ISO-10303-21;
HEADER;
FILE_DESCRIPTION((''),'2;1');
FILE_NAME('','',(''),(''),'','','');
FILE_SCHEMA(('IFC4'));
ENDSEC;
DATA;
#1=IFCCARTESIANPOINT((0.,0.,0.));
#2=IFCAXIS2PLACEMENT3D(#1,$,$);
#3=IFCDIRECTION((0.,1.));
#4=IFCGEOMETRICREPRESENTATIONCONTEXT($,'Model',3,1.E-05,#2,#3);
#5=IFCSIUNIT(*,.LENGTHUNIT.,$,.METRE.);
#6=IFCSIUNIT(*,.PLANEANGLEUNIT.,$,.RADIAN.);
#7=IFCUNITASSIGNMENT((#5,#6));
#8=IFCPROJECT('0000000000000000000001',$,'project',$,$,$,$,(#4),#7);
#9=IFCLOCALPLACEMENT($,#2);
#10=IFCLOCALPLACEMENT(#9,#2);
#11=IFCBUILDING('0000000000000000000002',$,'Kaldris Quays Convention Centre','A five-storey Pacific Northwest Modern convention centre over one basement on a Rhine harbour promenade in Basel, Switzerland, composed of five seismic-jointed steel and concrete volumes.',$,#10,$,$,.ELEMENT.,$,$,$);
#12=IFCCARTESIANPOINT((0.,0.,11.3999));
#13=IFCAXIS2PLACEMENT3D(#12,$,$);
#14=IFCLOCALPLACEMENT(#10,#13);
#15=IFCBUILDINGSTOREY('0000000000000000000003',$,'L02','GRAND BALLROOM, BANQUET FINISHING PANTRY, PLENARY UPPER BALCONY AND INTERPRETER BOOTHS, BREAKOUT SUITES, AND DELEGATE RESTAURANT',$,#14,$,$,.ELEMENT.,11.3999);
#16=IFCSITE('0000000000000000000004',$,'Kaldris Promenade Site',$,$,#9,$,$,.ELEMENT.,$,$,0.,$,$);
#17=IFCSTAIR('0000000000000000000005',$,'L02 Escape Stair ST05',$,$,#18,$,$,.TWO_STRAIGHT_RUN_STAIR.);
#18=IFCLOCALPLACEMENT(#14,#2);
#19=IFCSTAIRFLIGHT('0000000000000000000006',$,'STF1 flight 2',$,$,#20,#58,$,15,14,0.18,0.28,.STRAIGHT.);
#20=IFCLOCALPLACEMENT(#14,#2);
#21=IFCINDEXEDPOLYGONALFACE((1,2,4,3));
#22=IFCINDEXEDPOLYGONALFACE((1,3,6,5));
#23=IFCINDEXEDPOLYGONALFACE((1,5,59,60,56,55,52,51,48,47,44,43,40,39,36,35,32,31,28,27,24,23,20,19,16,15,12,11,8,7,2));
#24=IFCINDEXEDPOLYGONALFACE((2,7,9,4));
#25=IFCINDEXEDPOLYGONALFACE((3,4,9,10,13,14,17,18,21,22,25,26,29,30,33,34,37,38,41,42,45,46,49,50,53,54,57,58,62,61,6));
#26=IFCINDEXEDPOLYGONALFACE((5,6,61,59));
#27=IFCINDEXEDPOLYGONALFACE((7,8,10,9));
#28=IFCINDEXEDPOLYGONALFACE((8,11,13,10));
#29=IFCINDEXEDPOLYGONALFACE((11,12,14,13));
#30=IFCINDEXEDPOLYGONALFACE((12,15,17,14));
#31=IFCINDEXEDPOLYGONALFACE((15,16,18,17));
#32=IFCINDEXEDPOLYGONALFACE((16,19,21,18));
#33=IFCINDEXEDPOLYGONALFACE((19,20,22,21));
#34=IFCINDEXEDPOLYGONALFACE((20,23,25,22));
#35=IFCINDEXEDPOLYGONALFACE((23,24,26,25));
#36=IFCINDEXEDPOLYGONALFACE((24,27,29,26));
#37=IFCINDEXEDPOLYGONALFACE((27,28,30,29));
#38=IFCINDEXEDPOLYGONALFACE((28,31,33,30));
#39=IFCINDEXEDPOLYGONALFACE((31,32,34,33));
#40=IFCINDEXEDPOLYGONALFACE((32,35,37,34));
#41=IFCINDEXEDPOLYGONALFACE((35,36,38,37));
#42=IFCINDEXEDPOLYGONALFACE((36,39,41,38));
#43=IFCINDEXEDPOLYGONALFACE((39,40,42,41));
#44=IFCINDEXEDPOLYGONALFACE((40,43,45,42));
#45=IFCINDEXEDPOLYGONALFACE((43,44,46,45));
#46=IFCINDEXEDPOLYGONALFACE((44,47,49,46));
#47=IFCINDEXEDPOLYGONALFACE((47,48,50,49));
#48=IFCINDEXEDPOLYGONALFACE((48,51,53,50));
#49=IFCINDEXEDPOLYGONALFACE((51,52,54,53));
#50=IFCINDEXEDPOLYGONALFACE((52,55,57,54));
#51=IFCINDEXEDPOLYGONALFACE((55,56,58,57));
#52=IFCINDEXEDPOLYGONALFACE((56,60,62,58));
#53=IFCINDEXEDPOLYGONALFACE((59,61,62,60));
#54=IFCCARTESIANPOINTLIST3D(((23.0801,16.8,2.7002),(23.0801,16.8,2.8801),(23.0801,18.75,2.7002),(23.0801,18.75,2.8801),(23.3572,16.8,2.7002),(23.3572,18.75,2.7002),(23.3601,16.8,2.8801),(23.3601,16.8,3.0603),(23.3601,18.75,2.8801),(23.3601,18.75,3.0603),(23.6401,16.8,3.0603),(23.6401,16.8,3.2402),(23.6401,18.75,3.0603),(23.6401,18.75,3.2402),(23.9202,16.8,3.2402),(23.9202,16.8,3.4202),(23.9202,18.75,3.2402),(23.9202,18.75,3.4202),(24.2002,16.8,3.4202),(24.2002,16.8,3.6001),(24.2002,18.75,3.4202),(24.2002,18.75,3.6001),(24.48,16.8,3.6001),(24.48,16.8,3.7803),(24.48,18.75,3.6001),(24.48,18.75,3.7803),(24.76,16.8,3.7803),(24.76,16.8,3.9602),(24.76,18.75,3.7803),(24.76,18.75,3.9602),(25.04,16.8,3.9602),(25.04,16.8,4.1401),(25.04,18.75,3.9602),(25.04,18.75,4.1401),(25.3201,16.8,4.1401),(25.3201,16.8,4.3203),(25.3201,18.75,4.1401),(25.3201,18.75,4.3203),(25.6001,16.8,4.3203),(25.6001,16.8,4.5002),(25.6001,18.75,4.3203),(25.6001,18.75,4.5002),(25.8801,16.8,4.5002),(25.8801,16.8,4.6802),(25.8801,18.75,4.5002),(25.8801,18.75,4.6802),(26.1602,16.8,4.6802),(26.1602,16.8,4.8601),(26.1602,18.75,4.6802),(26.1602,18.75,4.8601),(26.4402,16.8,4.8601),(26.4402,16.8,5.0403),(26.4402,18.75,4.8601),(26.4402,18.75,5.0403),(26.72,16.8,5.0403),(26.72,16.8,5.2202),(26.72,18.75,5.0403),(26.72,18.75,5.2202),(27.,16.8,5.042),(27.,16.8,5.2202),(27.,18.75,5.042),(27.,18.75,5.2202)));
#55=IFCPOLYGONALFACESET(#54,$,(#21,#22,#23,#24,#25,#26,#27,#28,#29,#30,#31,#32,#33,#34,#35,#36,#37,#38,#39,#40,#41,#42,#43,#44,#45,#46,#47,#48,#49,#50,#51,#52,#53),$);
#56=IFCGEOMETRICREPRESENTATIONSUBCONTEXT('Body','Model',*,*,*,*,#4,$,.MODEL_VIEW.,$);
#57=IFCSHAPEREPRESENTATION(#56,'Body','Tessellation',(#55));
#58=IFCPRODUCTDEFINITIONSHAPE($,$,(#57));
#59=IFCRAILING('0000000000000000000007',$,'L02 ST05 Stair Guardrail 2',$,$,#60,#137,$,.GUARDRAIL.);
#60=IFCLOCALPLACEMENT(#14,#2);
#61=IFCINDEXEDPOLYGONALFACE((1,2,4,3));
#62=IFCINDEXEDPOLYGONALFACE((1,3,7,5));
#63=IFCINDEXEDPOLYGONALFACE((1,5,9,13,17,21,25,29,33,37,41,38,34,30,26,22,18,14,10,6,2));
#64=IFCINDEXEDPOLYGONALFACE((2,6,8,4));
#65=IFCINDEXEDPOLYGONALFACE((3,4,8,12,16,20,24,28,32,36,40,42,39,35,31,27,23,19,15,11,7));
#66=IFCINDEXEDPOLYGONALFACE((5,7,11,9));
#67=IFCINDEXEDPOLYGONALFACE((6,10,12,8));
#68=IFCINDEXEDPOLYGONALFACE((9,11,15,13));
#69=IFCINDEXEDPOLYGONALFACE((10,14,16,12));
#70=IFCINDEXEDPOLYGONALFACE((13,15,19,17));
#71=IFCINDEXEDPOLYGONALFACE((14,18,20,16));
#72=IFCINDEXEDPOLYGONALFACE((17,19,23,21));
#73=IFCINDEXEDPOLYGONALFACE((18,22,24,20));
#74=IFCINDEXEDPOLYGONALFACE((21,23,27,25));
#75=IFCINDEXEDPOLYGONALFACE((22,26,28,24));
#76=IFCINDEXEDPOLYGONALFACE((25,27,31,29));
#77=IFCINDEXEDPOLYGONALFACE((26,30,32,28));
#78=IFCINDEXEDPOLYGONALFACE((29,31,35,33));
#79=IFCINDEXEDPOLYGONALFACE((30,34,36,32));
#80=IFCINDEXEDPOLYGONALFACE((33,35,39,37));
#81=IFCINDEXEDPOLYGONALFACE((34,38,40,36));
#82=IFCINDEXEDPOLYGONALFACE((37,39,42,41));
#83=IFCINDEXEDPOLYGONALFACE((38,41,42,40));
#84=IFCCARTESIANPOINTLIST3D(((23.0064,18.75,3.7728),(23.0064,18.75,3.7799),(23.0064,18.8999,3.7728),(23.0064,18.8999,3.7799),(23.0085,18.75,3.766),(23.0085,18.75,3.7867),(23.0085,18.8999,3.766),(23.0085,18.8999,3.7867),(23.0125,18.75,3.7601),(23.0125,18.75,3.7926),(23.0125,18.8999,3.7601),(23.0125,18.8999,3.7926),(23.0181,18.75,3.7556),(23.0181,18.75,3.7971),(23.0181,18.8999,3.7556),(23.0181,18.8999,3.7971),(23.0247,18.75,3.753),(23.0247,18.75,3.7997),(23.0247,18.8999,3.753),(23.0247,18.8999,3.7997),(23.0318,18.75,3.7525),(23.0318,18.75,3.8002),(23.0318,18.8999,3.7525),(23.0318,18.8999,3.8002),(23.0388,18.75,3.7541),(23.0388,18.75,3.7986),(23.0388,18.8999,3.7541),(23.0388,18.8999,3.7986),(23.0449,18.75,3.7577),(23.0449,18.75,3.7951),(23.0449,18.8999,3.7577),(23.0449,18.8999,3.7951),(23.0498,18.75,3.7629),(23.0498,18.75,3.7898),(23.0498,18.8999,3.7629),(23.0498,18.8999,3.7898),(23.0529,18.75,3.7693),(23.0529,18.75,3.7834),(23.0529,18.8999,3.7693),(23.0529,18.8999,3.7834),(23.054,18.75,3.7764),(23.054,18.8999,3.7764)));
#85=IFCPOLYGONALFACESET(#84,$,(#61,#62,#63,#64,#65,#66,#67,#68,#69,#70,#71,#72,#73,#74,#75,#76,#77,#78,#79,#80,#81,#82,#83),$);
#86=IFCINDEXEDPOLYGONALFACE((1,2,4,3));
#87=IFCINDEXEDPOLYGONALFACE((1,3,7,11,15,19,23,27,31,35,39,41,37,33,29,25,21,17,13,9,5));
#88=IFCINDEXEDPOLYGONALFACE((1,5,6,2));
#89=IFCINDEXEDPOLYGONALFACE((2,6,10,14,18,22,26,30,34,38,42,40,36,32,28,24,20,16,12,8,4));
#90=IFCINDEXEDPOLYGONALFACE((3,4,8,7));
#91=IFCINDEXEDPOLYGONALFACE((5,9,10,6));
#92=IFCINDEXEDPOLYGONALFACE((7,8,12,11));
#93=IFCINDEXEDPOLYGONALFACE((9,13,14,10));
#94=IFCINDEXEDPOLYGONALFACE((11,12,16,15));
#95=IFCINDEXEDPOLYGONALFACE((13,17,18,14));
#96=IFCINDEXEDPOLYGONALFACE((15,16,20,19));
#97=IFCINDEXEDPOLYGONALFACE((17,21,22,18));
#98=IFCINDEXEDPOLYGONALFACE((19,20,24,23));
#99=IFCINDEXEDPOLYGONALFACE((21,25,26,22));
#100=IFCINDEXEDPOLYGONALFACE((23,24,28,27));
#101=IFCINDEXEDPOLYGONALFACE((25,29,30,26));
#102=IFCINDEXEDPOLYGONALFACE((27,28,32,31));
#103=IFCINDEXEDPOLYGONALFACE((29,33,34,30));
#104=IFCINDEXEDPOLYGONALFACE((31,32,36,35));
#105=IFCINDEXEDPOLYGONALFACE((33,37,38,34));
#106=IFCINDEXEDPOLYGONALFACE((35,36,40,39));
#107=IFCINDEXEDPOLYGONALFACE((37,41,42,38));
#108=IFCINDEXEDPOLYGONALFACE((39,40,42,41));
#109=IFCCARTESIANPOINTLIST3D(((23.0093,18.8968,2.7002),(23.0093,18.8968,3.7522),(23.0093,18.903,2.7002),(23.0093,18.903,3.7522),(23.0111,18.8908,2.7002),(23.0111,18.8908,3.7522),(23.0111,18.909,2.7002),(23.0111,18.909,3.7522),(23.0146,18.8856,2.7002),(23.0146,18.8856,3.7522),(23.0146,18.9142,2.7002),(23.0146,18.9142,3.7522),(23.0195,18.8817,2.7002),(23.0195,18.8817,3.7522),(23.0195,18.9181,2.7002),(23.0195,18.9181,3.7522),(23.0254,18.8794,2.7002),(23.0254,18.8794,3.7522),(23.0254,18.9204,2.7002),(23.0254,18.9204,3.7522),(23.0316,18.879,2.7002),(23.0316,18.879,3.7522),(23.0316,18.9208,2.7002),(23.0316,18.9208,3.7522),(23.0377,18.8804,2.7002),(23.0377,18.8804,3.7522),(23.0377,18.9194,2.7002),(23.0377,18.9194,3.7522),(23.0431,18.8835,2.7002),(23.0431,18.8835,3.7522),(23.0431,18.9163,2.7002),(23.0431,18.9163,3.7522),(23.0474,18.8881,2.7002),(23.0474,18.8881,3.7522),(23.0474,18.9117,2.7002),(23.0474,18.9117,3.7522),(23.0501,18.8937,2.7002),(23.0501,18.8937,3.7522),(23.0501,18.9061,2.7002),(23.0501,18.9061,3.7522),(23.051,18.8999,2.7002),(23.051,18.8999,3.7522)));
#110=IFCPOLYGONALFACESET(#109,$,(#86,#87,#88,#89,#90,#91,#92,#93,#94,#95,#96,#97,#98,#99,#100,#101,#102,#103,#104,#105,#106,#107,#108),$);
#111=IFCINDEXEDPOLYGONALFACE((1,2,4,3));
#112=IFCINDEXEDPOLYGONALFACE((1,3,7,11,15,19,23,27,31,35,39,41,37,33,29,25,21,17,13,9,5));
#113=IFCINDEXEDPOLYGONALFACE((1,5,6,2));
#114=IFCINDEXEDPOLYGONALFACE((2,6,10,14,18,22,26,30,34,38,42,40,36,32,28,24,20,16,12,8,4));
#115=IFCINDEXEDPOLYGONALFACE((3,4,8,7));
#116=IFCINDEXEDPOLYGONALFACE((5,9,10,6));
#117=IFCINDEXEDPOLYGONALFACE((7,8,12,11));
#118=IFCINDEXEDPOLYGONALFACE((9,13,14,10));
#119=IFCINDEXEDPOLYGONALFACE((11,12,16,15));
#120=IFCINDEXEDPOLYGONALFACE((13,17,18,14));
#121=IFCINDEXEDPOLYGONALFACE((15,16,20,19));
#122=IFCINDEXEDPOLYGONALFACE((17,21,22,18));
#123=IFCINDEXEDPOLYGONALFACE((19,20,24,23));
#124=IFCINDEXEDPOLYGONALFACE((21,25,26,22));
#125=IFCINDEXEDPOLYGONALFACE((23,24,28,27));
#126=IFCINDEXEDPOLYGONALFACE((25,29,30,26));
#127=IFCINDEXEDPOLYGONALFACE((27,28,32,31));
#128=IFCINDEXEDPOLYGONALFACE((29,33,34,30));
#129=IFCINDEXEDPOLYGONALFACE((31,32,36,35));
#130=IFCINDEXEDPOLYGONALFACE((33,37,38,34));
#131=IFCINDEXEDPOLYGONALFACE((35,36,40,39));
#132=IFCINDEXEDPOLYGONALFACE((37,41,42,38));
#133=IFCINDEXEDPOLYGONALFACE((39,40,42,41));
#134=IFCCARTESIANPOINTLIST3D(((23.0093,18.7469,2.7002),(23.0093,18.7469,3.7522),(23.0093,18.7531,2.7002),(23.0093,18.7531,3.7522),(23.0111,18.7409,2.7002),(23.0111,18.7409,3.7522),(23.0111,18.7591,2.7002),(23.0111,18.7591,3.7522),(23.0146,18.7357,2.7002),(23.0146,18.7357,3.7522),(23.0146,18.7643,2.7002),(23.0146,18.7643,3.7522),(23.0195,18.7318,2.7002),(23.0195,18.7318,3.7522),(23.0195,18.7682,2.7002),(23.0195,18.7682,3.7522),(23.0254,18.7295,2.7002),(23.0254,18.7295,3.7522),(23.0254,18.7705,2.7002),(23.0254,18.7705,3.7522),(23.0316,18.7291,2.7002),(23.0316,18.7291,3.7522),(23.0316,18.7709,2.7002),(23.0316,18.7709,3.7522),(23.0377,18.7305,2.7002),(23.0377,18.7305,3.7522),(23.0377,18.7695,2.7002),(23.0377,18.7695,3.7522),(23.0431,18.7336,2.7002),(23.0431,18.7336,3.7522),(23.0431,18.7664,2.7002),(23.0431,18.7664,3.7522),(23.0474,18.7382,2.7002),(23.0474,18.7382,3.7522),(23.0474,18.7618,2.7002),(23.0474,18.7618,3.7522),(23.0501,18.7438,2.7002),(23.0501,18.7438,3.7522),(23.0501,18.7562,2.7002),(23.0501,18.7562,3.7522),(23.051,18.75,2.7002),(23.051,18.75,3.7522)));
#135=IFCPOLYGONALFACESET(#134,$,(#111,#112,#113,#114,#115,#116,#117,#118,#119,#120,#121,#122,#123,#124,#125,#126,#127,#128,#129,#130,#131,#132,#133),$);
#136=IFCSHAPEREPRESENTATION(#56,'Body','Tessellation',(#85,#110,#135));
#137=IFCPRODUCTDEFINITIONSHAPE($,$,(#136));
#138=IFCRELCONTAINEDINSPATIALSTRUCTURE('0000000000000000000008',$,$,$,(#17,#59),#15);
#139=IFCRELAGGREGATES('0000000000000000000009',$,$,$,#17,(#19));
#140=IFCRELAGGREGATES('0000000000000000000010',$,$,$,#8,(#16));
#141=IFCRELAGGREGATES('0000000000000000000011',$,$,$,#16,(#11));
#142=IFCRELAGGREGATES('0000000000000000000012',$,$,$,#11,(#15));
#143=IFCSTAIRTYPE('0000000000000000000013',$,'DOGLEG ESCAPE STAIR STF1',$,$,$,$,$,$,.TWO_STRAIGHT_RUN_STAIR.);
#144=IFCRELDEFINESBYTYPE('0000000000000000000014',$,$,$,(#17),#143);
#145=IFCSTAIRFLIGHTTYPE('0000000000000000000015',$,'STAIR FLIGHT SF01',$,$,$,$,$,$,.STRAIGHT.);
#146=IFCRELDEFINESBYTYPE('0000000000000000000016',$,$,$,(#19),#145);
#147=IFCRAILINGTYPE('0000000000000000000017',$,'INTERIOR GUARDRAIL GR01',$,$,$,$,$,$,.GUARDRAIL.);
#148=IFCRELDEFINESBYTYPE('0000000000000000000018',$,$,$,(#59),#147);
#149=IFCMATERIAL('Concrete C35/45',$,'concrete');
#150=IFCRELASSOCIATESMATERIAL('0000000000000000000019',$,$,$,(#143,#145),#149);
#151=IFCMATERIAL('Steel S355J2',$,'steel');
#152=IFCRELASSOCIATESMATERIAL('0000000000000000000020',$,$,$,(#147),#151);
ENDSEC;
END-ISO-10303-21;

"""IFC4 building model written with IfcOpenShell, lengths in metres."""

from ifc_helpers import new_model, si_unit, direction, frame, origin, origin_2d, place, context, subcontext, project, spatial, polyline, circle, outline, extrude, material, type_object, element, aggregate, save


model = new_model("IFC4")

# Units and contexts
model_context = context("Model", 3, precision=1e-05, world=origin(), true_north=direction((0.0, 1.0)))
body_context = subcontext(model_context, "Body", "Model", "MODEL_VIEW")
ifc_project = project(units=[si_unit("LENGTHUNIT", "METRE"), si_unit("PLANEANGLEUNIT", "RADIAN")], contexts=[model_context])

# Site, building, storey
site_placement = place(None, origin())
site = spatial("IfcSite", under=ifc_project, at=site_placement, Name="Kaldris Promenade Site", CompositionType="ELEMENT", RefElevation=0.0)
building_placement = place(site_placement, origin())
building = spatial("IfcBuilding", under=site, at=building_placement, Name="Kaldris Quays Convention Centre", Description="A five-storey Pacific Northwest Modern convention centre over one basement on a Rhine harbour promenade in Basel, Switzerland, composed of five seismic-jointed steel and concrete volumes.", CompositionType="ELEMENT")
storey_placement = place(building_placement, frame((0.0, 0.0, 11.3999)))
storey = spatial("IfcBuildingStorey", under=building, at=storey_placement, Name="L02", Description="GRAND BALLROOM, BANQUET FINISHING PANTRY, PLENARY UPPER BALCONY AND INTERPRETER BOOTHS, BREAKOUT SUITES, AND DELEGATE RESTAURANT", CompositionType="ELEMENT", Elevation=11.3999)

# Shared definitions
ifc_material_1 = material(Name="Steel S355J2", Category="steel")

# Stair, stair flight
ifc_material_2 = material(Name="Concrete C35/45", Category="concrete")
stair_type = type_object("IfcStairType", Name="DOGLEG ESCAPE STAIR STF1", PredefinedType="TWO_STRAIGHT_RUN_STAIR", material=ifc_material_2)
stair_placement = place(storey_placement, origin())
stair = element("IfcStair", 1, at=stair_placement, inside=storey, type_object=stair_type, Name="L02 Escape Stair ST05", PredefinedType="TWO_STRAIGHT_RUN_STAIR")
stair_flight_type = type_object("IfcStairFlightType", Name="STAIR FLIGHT SF01", PredefinedType="STRAIGHT", material=ifc_material_2)
stair_flight_placement = place(storey_placement, frame((23.0801, 17.7749, 2.7002), z_axis=(0.0, 0.0, 1.0), x_axis=(1.0, 0.0, 0.0)))
stair_flight = element("IfcStairFlight", 2, at=stair_flight_placement, type_object=stair_flight_type, Name="STF1 flight 2", NumberOfRisers=15, NumberOfTreads=14, PredefinedType="STRAIGHT", RiserHeight=0.18, TreadLength=0.28, context=body_context, shape_type="SweptSolid", body=[
    extrude(outline(polyline([(0.0, 0.0), (0.0, 0.1799), (0.28, 0.1799), (0.28, 0.3601), (0.5601, 0.3601), (0.5601, 0.54), (0.8401, 0.54), (0.8401, 0.72), (1.1201, 0.72), (1.1201, 0.8999), (1.3999, 0.8999), (1.3999, 1.0801), (1.6799, 1.0801), (1.6799, 1.26), (1.96, 1.26), (1.96, 1.4399), (2.24, 1.4399), (2.24, 1.6201), (2.52, 1.6201), (2.52, 1.8), (2.8, 1.8), (2.8, 1.98), (3.0801, 1.98), (3.0801, 2.1599), (3.3601, 2.1599), (3.3601, 2.3401), (3.6399, 2.3401), (3.6399, 2.52), (3.9199, 2.52), (3.9199, 2.7), (3.9199, 2.3418), (0.2771, 0.0), (0.0, 0.0)])), frame((0.0, 0.9751, 0.0), z_axis=(0.0, -1.0, 0.0), x_axis=(1.0, 0.0, 0.0)), (0.0, 0.0, 1.0), 1.95),
])
aggregate(stair, [stair_flight])

# Railing
railing_type_1 = type_object("IfcRailingType", Name="INTERIOR GUARDRAIL GR01", PredefinedType="GUARDRAIL", material=ifc_material_1)
railing_1_placement = place(storey_placement, frame((23.03, 18.8999, 2.7002)))
element("IfcRailing", 3, at=railing_1_placement, inside=storey, type_object=railing_type_1, Name="L02 ST05 Stair Guardrail 2", PredefinedType="GUARDRAIL", context=body_context, shape_type="SweptSolid", body=[
    extrude(circle(Radius=0.0239, at=origin_2d()), frame((0.0, 0.0, 1.0762), z_axis=(0.0, -1.0, 0.0), x_axis=(1.0, 0.0, 0.0)), (0.0, 0.0, 1.0), 0.1499),
    extrude(circle(Radius=0.021, at=origin_2d()), origin(), (0.0, 0.0, 1.0), 1.052),
    extrude(circle(Radius=0.021, at=origin_2d()), frame((0.0, -0.1499, 0.0)), (0.0, 0.0, 1.0), 1.052),
])

save(model, "model.ifc")
